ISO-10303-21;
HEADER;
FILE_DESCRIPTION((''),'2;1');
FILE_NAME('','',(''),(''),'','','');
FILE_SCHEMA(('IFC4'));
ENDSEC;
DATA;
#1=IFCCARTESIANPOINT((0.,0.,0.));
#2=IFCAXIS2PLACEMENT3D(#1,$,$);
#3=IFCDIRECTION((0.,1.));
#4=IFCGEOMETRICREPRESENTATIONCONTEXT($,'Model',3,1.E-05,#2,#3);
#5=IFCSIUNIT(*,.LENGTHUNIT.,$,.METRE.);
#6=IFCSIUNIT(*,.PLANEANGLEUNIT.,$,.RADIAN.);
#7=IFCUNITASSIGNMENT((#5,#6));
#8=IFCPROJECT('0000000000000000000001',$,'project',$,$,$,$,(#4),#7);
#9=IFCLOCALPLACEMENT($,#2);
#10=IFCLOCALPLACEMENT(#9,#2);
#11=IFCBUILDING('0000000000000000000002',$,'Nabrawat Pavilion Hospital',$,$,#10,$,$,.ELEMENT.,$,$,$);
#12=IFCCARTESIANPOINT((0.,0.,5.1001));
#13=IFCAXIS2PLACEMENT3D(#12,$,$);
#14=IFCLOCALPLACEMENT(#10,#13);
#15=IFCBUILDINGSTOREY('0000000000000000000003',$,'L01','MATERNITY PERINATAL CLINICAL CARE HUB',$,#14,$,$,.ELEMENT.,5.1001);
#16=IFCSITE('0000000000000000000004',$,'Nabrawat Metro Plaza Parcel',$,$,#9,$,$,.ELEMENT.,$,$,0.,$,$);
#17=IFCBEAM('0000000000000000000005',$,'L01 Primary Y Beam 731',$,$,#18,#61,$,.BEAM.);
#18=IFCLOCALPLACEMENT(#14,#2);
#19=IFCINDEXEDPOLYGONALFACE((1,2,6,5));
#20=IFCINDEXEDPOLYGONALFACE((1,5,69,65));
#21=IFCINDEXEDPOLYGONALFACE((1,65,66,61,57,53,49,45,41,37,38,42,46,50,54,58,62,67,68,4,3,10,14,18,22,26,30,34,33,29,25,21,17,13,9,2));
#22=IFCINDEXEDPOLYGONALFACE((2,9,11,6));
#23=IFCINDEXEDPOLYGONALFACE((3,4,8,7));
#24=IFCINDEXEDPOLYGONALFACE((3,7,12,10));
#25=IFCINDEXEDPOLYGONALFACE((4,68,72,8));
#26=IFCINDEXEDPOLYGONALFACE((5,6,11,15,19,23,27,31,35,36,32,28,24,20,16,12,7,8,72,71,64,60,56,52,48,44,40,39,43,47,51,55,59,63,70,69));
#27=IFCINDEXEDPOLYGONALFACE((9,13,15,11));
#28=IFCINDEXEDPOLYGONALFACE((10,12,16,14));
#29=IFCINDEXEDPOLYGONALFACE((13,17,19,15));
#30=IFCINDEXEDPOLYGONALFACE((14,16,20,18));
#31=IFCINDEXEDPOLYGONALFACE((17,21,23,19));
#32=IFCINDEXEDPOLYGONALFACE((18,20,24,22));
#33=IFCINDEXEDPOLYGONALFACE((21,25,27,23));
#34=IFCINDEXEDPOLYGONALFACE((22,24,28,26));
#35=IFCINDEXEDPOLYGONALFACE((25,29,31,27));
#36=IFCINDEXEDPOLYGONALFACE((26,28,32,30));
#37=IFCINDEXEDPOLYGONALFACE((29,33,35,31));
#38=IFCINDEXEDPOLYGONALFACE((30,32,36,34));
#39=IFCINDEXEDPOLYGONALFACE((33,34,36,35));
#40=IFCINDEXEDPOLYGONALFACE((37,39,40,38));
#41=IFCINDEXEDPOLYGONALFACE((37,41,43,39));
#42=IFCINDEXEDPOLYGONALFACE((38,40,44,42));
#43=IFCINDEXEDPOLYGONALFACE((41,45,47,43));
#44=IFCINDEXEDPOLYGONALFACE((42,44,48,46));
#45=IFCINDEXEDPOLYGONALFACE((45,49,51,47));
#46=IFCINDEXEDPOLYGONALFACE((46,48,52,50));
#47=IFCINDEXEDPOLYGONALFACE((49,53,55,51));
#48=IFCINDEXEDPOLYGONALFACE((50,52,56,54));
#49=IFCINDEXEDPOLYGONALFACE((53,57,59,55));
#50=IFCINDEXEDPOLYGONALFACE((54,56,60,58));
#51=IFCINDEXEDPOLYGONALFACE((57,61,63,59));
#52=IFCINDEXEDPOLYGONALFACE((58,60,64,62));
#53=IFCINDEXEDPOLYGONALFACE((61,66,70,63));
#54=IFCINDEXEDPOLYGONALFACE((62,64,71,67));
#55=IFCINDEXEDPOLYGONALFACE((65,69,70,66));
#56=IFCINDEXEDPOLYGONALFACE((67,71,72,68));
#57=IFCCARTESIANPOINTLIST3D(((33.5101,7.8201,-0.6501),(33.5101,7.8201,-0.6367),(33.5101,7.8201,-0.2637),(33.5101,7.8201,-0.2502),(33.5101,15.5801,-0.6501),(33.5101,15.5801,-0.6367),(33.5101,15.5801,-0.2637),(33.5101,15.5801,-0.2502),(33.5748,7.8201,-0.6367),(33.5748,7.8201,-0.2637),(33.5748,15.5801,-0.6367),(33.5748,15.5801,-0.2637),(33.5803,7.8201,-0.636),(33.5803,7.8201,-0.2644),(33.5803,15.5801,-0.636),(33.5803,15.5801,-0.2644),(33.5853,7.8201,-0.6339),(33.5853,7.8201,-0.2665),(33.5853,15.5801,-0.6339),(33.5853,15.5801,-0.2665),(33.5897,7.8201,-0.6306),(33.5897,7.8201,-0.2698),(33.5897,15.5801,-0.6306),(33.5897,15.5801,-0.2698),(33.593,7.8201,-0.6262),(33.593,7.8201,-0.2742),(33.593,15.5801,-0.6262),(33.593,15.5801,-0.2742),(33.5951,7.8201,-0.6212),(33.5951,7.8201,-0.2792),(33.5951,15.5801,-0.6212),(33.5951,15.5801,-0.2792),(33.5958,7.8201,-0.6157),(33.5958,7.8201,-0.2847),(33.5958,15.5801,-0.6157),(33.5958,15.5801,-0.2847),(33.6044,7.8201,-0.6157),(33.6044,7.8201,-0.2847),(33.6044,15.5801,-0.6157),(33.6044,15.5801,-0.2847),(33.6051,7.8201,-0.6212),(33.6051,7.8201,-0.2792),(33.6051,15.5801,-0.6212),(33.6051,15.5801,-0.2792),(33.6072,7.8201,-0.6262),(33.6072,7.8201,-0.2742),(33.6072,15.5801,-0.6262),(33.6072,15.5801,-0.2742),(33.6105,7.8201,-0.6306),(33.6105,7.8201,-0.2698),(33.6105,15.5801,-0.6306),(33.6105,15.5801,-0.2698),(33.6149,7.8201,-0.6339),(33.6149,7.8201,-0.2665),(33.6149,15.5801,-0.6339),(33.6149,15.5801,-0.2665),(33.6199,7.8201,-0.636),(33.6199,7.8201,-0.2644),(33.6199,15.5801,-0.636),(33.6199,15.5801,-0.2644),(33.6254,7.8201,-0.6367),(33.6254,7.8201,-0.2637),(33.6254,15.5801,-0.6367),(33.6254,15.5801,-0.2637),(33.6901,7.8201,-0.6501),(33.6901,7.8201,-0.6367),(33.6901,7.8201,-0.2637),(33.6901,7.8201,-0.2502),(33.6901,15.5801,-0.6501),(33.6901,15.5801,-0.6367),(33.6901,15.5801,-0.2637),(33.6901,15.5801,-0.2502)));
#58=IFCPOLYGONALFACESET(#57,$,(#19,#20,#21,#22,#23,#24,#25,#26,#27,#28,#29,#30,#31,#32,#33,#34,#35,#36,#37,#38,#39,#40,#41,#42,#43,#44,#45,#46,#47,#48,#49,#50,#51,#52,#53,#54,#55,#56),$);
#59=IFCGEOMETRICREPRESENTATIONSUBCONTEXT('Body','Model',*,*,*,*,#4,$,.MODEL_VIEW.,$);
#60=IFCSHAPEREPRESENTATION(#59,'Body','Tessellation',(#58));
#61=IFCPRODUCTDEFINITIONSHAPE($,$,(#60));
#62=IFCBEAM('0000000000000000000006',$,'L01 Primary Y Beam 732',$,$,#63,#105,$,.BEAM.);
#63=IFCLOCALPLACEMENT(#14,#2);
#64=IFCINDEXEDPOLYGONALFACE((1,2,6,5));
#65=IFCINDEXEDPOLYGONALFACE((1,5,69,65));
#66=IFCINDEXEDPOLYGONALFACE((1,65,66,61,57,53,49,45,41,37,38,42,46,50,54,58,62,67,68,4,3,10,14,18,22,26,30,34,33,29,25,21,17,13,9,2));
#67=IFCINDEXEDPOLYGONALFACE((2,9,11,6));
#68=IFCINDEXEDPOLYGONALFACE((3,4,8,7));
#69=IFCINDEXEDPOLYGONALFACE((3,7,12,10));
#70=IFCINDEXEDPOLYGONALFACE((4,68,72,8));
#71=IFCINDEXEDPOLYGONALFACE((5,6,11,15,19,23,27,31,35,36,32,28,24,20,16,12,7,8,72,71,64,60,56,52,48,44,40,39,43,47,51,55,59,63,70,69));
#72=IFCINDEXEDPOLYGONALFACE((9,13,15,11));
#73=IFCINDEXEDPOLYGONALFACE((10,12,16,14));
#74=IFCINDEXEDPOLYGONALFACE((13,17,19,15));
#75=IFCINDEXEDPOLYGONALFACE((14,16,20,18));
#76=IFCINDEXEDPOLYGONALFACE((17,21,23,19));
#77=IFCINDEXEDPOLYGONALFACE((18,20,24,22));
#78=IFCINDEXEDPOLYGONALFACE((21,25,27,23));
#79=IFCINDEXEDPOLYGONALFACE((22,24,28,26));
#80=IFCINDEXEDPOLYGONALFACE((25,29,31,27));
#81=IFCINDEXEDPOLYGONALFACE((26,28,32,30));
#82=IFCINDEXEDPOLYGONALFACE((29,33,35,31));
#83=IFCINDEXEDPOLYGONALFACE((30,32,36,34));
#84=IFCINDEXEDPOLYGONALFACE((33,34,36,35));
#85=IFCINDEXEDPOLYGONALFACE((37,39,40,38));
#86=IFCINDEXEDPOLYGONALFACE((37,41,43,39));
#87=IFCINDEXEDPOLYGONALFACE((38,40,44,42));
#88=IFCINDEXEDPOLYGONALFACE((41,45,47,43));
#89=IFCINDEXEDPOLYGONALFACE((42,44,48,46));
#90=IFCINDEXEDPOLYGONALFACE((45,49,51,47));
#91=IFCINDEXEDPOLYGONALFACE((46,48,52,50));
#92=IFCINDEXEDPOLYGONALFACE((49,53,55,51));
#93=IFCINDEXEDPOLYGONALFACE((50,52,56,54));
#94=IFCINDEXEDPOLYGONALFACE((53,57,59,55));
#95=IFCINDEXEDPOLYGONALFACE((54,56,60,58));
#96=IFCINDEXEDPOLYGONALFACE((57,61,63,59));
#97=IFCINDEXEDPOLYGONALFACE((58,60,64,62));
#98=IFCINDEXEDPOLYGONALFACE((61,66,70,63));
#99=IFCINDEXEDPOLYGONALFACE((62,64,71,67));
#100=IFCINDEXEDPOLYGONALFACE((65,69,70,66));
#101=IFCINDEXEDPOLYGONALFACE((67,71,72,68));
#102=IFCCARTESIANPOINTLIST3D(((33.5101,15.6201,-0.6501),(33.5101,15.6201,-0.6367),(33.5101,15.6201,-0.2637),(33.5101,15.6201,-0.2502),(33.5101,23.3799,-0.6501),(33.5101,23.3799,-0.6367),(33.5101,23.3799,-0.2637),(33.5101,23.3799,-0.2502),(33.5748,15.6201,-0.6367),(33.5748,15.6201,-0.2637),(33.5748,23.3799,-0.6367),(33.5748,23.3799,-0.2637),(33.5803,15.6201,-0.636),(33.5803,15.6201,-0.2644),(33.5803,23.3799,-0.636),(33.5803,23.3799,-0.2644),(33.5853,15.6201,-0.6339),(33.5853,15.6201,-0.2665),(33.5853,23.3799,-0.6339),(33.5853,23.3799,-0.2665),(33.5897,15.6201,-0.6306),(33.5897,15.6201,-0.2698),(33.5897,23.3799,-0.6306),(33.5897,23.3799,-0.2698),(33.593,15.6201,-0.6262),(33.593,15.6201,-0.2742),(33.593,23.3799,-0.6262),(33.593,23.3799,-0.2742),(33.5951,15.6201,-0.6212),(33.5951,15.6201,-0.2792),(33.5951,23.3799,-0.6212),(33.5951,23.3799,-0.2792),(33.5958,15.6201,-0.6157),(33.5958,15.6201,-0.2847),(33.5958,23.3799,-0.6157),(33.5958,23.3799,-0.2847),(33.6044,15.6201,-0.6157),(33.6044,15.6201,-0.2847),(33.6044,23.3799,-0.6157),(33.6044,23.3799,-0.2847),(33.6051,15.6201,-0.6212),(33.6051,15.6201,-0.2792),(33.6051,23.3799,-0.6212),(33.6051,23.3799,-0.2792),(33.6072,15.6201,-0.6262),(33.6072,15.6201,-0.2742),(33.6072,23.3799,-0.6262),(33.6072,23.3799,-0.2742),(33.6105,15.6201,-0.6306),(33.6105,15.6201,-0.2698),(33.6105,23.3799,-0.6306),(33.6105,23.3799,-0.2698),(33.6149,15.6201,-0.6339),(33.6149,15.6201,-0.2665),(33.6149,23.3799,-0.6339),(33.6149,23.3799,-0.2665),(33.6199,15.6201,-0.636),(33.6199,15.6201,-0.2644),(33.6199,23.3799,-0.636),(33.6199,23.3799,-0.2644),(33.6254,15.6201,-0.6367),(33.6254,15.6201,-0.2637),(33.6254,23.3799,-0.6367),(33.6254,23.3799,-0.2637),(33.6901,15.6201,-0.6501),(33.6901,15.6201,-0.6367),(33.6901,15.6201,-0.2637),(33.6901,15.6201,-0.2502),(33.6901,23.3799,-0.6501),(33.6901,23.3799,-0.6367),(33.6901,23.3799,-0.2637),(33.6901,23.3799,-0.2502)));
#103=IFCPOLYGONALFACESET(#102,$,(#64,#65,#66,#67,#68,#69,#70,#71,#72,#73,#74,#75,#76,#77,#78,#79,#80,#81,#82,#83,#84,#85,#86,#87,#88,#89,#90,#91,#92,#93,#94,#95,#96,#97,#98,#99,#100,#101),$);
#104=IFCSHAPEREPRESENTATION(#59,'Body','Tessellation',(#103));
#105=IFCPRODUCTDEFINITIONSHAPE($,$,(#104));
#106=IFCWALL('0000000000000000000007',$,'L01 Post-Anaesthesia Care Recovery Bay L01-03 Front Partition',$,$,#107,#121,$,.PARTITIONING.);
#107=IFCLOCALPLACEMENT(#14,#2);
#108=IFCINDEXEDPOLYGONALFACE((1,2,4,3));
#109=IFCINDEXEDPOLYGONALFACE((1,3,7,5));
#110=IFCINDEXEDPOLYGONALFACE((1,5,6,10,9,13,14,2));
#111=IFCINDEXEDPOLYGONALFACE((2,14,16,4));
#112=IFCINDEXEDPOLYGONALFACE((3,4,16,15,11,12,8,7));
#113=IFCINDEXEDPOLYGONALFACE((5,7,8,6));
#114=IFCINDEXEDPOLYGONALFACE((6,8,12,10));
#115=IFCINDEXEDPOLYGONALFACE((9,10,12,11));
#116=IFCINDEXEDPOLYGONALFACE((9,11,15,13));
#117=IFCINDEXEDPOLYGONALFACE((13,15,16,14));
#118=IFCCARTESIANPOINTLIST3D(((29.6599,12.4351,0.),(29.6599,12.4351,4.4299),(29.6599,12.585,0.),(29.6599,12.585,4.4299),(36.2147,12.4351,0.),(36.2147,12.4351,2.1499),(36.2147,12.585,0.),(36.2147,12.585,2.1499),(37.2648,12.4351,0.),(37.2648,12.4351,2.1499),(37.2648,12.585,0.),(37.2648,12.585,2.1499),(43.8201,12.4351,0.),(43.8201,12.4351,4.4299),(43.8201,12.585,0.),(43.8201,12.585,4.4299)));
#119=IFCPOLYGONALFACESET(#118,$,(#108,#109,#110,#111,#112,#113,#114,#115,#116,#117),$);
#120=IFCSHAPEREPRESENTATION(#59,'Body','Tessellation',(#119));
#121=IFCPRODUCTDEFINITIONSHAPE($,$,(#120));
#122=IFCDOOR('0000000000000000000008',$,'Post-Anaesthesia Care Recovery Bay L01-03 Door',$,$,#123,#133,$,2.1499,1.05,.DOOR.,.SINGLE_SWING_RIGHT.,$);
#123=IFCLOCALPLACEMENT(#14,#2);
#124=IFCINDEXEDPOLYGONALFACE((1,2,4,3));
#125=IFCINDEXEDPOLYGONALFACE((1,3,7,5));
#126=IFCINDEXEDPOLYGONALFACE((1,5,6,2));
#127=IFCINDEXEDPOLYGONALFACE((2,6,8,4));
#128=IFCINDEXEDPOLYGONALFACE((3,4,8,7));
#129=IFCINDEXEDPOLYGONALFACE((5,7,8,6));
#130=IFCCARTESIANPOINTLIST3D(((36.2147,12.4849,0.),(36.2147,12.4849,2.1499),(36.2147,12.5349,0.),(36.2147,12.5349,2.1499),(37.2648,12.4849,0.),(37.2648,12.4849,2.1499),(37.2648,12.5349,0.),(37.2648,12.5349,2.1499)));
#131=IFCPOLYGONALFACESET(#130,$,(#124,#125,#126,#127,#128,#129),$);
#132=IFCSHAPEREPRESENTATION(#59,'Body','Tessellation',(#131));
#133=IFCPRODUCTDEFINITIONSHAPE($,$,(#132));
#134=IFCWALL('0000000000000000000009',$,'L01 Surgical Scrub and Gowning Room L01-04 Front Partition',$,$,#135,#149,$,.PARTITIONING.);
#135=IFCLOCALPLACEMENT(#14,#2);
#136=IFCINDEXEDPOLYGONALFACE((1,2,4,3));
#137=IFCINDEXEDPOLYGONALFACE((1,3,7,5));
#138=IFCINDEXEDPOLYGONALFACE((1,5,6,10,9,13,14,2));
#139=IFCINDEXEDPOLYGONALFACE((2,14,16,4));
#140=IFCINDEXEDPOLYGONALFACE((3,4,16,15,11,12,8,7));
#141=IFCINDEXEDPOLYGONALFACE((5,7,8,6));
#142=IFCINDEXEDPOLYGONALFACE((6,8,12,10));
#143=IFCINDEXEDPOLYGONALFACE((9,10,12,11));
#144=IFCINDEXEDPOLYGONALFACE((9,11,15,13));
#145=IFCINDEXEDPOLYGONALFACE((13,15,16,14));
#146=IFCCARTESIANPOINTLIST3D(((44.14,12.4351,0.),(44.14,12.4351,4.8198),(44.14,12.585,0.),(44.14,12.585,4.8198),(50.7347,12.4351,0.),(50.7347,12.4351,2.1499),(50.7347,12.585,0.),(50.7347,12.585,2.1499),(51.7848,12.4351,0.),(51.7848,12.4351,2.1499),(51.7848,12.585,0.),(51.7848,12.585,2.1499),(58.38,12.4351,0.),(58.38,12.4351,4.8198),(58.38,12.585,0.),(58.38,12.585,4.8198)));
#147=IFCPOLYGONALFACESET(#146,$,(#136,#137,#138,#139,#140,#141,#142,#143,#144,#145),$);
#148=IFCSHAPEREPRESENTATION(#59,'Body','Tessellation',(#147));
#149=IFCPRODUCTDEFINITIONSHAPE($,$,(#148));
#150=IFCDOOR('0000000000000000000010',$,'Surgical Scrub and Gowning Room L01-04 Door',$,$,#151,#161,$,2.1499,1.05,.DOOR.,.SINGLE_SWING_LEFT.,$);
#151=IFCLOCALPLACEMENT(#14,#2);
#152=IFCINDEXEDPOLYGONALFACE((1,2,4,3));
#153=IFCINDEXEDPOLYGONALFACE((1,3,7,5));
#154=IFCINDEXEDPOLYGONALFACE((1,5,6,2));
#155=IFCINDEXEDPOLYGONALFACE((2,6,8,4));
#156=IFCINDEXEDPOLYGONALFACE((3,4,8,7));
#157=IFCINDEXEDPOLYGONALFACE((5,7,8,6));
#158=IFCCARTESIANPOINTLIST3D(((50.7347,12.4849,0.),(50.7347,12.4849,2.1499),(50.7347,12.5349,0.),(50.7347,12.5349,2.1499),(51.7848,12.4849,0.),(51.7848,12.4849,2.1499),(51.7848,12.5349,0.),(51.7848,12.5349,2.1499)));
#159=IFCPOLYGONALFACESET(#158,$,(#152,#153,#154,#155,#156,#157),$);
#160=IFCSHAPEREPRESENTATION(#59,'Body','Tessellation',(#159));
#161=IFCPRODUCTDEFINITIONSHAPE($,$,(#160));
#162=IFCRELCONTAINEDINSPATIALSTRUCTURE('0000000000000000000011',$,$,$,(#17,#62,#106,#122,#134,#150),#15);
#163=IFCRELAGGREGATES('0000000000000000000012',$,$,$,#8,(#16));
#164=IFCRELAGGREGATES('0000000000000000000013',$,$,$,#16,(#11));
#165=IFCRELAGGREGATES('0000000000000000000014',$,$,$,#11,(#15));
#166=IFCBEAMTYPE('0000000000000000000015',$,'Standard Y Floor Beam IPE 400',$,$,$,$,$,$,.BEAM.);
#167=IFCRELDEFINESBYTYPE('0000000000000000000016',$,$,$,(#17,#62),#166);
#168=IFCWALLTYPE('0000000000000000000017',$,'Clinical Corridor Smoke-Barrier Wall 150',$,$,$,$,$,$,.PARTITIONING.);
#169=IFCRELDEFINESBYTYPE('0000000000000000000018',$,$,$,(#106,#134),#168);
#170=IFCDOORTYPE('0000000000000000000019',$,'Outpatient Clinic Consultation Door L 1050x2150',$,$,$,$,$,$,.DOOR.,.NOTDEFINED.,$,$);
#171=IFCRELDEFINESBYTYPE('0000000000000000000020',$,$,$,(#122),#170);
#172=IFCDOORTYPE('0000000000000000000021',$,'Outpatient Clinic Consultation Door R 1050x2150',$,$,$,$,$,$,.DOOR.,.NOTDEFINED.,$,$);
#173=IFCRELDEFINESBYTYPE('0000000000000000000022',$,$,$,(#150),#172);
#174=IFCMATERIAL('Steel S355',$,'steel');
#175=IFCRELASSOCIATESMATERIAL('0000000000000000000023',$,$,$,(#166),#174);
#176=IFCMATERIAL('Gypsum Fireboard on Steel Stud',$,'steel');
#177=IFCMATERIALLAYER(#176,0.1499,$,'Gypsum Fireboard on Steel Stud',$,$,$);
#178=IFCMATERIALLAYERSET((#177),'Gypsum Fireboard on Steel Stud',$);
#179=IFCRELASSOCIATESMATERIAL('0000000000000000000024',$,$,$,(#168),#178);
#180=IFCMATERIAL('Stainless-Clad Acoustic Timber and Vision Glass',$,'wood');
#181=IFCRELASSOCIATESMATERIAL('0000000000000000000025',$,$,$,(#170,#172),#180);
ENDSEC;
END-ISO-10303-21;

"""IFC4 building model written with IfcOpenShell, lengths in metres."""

from ifc_helpers import new_model, si_unit, direction, frame, frame_2d, origin, origin_2d, place, context, subcontext, project, spatial, rectangle, i_section, extrude, material, layer, layer_set, material_profile, profile_set, type_object, element, fill, save


model = new_model("IFC4")

# Units and contexts
model_context = context("Model", 3, precision=1e-05, world=origin(), true_north=direction((0.0, 1.0)))
body_context = subcontext(model_context, "Body", "Model", "MODEL_VIEW")
ifc_project = project(units=[si_unit("LENGTHUNIT", "METRE"), si_unit("PLANEANGLEUNIT", "RADIAN")], contexts=[model_context])

# Site, building, storey
site_placement = place(None, origin())
site = spatial("IfcSite", under=ifc_project, at=site_placement, Name="Nabrawat Metro Plaza Parcel", CompositionType="ELEMENT", RefElevation=0.0)
building_placement = place(site_placement, origin())
building = spatial("IfcBuilding", under=site, at=building_placement, Name="Nabrawat Pavilion Hospital", CompositionType="ELEMENT")
storey_placement = place(building_placement, frame((0.0, 0.0, 5.1001)))
storey = spatial("IfcBuildingStorey", under=building, at=storey_placement, Name="L01", Description="MATERNITY PERINATAL CLINICAL CARE HUB", CompositionType="ELEMENT", Elevation=5.1001)

# Shared definitions
ifc_material_1 = material(Name="Steel S355", Category="steel")

# Beams
ifc_material_profile_1 = material_profile(ifc_material_1, i_section(OverallWidth=0.1799, OverallDepth=0.3999, WebThickness=0.0085, FlangeThickness=0.0134, FilletRadius=0.021, at=origin_2d()), Name="IPE 400")
ifc_profile_set_1 = profile_set([ifc_material_profile_1], Name="Steel S355")
beam_type = type_object("IfcBeamType", Name="Standard Y Floor Beam IPE 400", PredefinedType="BEAM", material=ifc_profile_set_1)
beam_1_placement = place(storey_placement, frame((33.6001, 7.8201, -0.4502), z_axis=(0.0, 1.0, 0.0), x_axis=(-1.0, 0.0, 0.0)))
element("IfcBeam", 1, at=beam_1_placement, inside=storey, type_object=beam_type, Name="L01 Primary Y Beam 731", PredefinedType="BEAM", context=body_context, shape_type="SweptSolid", body=[
    extrude(i_section(OverallWidth=0.1799, OverallDepth=0.3999, WebThickness=0.0085, FlangeThickness=0.0134, FilletRadius=0.021, at=origin_2d()), origin(), (0.0, 0.0, 1.0), 7.76),
])
beam_2_placement = place(storey_placement, frame((33.6001, 15.6201, -0.4502), z_axis=(0.0, 1.0, 0.0), x_axis=(-1.0, 0.0, 0.0)))
element("IfcBeam", 2, at=beam_2_placement, inside=storey, type_object=beam_type, Name="L01 Primary Y Beam 732", PredefinedType="BEAM", context=body_context, shape_type="SweptSolid", body=[
    extrude(i_section(OverallWidth=0.1799, OverallDepth=0.3999, WebThickness=0.0085, FlangeThickness=0.0134, FilletRadius=0.021, at=origin_2d()), origin(), (0.0, 0.0, 1.0), 7.7598),
])

# Walls, openings, doors
ifc_material_2 = material(Name="Gypsum Fireboard on Steel Stud", Category="steel")
ifc_layer_1 = layer(ifc_material_2, 0.1499, Name="Gypsum Fireboard on Steel Stud")
ifc_layer_set_1 = layer_set([ifc_layer_1], Name="Gypsum Fireboard on Steel Stud")
wall_type_1 = type_object("IfcWallType", Name="Clinical Corridor Smoke-Barrier Wall 150", PredefinedType="PARTITIONING", material=ifc_layer_set_1)
wall_1_placement = place(storey_placement, frame((29.6599, 12.51, 0.0), z_axis=(0.0, 0.0, 1.0), x_axis=(1.0, 0.0, 0.0)))
wall_1 = element("IfcWall", 3, at=wall_1_placement, inside=storey, type_object=wall_type_1, Name="L01 Post-Anaesthesia Care Recovery Bay L01-03 Front Partition", PredefinedType="PARTITIONING", context=body_context, shape_type="SweptSolid", body=[
    extrude(rectangle(XDim=14.1602, YDim=0.1499, at=frame_2d((7.0801, 0.0))), origin(), (0.0, 0.0, 1.0), 4.4299),
])
opening_1_placement = place(wall_1_placement, frame((6.5549, 0.0, 0.0)))
opening_1 = element("IfcOpeningElement", 4, at=opening_1_placement, cuts=wall_1, PredefinedType="OPENING", context=body_context, shape_type="SweptSolid", body=[
    extrude(rectangle(XDim=1.05, YDim=2.1499, at=frame_2d((0.5249, 1.075))), frame((0.0, 0.085, 0.0), z_axis=(0.0, -1.0, 0.0), x_axis=(1.0, 0.0, 0.0)), (0.0, 0.0, 1.0), 0.1699),
])
ifc_material_3 = material(Name="Stainless-Clad Acoustic Timber and Vision Glass", Category="wood")
door_type_1 = type_object("IfcDoorType", Name="Outpatient Clinic Consultation Door L 1050x2150", OperationType="NOTDEFINED", PredefinedType="DOOR", material=ifc_material_3)
door_1_placement = place(opening_1_placement, origin())
door_1 = element("IfcDoor", 5, at=door_1_placement, inside=storey, type_object=door_type_1, Name="Post-Anaesthesia Care Recovery Bay L01-03 Door", OperationType="SINGLE_SWING_RIGHT", OverallHeight=2.1499, OverallWidth=1.05, PredefinedType="DOOR", context=body_context, shape_type="SweptSolid", body=[
    extrude(rectangle(XDim=1.05, YDim=2.1499, at=frame_2d((0.5249, 1.075))), frame((0.0, 0.0249, 0.0), z_axis=(0.0, -1.0, 0.0), x_axis=(1.0, 0.0, 0.0)), (0.0, 0.0, 1.0), 0.05),
])
fill(opening_1, door_1)
wall_2_placement = place(storey_placement, frame((44.1399, 12.51, 0.0), z_axis=(0.0, 0.0, 1.0), x_axis=(1.0, 0.0, 0.0)))
wall_2 = element("IfcWall", 6, at=wall_2_placement, inside=storey, type_object=wall_type_1, Name="L01 Surgical Scrub and Gowning Room L01-04 Front Partition", PredefinedType="PARTITIONING", context=body_context, shape_type="SweptSolid", body=[
    extrude(rectangle(XDim=14.24, YDim=0.1499, at=frame_2d((7.1201, 0.0))), origin(), (0.0, 0.0, 1.0), 4.8198),
])
opening_2_placement = place(wall_2_placement, frame((6.595, 0.0, 0.0)))
opening_2 = element("IfcOpeningElement", 7, at=opening_2_placement, cuts=wall_2, PredefinedType="OPENING", context=body_context, shape_type="SweptSolid", body=[
    extrude(rectangle(XDim=1.05, YDim=2.1499, at=frame_2d((0.5249, 1.075))), frame((0.0, 0.085, 0.0), z_axis=(0.0, -1.0, 0.0), x_axis=(1.0, 0.0, 0.0)), (0.0, 0.0, 1.0), 0.1699),
])
door_type_2 = type_object("IfcDoorType", Name="Outpatient Clinic Consultation Door R 1050x2150", OperationType="NOTDEFINED", PredefinedType="DOOR", material=ifc_material_3)
door_2_placement = place(opening_2_placement, origin())
door_2 = element("IfcDoor", 8, at=door_2_placement, inside=storey, type_object=door_type_2, Name="Surgical Scrub and Gowning Room L01-04 Door", OperationType="SINGLE_SWING_LEFT", OverallHeight=2.1499, OverallWidth=1.05, PredefinedType="DOOR", context=body_context, shape_type="SweptSolid", body=[
    extrude(rectangle(XDim=1.05, YDim=2.1499, at=frame_2d((0.5249, 1.075))), frame((0.0, 0.0249, 0.0), z_axis=(0.0, -1.0, 0.0), x_axis=(1.0, 0.0, 0.0)), (0.0, 0.0, 1.0), 0.05),
])
fill(opening_2, door_2)

save(model, "model.ifc")
